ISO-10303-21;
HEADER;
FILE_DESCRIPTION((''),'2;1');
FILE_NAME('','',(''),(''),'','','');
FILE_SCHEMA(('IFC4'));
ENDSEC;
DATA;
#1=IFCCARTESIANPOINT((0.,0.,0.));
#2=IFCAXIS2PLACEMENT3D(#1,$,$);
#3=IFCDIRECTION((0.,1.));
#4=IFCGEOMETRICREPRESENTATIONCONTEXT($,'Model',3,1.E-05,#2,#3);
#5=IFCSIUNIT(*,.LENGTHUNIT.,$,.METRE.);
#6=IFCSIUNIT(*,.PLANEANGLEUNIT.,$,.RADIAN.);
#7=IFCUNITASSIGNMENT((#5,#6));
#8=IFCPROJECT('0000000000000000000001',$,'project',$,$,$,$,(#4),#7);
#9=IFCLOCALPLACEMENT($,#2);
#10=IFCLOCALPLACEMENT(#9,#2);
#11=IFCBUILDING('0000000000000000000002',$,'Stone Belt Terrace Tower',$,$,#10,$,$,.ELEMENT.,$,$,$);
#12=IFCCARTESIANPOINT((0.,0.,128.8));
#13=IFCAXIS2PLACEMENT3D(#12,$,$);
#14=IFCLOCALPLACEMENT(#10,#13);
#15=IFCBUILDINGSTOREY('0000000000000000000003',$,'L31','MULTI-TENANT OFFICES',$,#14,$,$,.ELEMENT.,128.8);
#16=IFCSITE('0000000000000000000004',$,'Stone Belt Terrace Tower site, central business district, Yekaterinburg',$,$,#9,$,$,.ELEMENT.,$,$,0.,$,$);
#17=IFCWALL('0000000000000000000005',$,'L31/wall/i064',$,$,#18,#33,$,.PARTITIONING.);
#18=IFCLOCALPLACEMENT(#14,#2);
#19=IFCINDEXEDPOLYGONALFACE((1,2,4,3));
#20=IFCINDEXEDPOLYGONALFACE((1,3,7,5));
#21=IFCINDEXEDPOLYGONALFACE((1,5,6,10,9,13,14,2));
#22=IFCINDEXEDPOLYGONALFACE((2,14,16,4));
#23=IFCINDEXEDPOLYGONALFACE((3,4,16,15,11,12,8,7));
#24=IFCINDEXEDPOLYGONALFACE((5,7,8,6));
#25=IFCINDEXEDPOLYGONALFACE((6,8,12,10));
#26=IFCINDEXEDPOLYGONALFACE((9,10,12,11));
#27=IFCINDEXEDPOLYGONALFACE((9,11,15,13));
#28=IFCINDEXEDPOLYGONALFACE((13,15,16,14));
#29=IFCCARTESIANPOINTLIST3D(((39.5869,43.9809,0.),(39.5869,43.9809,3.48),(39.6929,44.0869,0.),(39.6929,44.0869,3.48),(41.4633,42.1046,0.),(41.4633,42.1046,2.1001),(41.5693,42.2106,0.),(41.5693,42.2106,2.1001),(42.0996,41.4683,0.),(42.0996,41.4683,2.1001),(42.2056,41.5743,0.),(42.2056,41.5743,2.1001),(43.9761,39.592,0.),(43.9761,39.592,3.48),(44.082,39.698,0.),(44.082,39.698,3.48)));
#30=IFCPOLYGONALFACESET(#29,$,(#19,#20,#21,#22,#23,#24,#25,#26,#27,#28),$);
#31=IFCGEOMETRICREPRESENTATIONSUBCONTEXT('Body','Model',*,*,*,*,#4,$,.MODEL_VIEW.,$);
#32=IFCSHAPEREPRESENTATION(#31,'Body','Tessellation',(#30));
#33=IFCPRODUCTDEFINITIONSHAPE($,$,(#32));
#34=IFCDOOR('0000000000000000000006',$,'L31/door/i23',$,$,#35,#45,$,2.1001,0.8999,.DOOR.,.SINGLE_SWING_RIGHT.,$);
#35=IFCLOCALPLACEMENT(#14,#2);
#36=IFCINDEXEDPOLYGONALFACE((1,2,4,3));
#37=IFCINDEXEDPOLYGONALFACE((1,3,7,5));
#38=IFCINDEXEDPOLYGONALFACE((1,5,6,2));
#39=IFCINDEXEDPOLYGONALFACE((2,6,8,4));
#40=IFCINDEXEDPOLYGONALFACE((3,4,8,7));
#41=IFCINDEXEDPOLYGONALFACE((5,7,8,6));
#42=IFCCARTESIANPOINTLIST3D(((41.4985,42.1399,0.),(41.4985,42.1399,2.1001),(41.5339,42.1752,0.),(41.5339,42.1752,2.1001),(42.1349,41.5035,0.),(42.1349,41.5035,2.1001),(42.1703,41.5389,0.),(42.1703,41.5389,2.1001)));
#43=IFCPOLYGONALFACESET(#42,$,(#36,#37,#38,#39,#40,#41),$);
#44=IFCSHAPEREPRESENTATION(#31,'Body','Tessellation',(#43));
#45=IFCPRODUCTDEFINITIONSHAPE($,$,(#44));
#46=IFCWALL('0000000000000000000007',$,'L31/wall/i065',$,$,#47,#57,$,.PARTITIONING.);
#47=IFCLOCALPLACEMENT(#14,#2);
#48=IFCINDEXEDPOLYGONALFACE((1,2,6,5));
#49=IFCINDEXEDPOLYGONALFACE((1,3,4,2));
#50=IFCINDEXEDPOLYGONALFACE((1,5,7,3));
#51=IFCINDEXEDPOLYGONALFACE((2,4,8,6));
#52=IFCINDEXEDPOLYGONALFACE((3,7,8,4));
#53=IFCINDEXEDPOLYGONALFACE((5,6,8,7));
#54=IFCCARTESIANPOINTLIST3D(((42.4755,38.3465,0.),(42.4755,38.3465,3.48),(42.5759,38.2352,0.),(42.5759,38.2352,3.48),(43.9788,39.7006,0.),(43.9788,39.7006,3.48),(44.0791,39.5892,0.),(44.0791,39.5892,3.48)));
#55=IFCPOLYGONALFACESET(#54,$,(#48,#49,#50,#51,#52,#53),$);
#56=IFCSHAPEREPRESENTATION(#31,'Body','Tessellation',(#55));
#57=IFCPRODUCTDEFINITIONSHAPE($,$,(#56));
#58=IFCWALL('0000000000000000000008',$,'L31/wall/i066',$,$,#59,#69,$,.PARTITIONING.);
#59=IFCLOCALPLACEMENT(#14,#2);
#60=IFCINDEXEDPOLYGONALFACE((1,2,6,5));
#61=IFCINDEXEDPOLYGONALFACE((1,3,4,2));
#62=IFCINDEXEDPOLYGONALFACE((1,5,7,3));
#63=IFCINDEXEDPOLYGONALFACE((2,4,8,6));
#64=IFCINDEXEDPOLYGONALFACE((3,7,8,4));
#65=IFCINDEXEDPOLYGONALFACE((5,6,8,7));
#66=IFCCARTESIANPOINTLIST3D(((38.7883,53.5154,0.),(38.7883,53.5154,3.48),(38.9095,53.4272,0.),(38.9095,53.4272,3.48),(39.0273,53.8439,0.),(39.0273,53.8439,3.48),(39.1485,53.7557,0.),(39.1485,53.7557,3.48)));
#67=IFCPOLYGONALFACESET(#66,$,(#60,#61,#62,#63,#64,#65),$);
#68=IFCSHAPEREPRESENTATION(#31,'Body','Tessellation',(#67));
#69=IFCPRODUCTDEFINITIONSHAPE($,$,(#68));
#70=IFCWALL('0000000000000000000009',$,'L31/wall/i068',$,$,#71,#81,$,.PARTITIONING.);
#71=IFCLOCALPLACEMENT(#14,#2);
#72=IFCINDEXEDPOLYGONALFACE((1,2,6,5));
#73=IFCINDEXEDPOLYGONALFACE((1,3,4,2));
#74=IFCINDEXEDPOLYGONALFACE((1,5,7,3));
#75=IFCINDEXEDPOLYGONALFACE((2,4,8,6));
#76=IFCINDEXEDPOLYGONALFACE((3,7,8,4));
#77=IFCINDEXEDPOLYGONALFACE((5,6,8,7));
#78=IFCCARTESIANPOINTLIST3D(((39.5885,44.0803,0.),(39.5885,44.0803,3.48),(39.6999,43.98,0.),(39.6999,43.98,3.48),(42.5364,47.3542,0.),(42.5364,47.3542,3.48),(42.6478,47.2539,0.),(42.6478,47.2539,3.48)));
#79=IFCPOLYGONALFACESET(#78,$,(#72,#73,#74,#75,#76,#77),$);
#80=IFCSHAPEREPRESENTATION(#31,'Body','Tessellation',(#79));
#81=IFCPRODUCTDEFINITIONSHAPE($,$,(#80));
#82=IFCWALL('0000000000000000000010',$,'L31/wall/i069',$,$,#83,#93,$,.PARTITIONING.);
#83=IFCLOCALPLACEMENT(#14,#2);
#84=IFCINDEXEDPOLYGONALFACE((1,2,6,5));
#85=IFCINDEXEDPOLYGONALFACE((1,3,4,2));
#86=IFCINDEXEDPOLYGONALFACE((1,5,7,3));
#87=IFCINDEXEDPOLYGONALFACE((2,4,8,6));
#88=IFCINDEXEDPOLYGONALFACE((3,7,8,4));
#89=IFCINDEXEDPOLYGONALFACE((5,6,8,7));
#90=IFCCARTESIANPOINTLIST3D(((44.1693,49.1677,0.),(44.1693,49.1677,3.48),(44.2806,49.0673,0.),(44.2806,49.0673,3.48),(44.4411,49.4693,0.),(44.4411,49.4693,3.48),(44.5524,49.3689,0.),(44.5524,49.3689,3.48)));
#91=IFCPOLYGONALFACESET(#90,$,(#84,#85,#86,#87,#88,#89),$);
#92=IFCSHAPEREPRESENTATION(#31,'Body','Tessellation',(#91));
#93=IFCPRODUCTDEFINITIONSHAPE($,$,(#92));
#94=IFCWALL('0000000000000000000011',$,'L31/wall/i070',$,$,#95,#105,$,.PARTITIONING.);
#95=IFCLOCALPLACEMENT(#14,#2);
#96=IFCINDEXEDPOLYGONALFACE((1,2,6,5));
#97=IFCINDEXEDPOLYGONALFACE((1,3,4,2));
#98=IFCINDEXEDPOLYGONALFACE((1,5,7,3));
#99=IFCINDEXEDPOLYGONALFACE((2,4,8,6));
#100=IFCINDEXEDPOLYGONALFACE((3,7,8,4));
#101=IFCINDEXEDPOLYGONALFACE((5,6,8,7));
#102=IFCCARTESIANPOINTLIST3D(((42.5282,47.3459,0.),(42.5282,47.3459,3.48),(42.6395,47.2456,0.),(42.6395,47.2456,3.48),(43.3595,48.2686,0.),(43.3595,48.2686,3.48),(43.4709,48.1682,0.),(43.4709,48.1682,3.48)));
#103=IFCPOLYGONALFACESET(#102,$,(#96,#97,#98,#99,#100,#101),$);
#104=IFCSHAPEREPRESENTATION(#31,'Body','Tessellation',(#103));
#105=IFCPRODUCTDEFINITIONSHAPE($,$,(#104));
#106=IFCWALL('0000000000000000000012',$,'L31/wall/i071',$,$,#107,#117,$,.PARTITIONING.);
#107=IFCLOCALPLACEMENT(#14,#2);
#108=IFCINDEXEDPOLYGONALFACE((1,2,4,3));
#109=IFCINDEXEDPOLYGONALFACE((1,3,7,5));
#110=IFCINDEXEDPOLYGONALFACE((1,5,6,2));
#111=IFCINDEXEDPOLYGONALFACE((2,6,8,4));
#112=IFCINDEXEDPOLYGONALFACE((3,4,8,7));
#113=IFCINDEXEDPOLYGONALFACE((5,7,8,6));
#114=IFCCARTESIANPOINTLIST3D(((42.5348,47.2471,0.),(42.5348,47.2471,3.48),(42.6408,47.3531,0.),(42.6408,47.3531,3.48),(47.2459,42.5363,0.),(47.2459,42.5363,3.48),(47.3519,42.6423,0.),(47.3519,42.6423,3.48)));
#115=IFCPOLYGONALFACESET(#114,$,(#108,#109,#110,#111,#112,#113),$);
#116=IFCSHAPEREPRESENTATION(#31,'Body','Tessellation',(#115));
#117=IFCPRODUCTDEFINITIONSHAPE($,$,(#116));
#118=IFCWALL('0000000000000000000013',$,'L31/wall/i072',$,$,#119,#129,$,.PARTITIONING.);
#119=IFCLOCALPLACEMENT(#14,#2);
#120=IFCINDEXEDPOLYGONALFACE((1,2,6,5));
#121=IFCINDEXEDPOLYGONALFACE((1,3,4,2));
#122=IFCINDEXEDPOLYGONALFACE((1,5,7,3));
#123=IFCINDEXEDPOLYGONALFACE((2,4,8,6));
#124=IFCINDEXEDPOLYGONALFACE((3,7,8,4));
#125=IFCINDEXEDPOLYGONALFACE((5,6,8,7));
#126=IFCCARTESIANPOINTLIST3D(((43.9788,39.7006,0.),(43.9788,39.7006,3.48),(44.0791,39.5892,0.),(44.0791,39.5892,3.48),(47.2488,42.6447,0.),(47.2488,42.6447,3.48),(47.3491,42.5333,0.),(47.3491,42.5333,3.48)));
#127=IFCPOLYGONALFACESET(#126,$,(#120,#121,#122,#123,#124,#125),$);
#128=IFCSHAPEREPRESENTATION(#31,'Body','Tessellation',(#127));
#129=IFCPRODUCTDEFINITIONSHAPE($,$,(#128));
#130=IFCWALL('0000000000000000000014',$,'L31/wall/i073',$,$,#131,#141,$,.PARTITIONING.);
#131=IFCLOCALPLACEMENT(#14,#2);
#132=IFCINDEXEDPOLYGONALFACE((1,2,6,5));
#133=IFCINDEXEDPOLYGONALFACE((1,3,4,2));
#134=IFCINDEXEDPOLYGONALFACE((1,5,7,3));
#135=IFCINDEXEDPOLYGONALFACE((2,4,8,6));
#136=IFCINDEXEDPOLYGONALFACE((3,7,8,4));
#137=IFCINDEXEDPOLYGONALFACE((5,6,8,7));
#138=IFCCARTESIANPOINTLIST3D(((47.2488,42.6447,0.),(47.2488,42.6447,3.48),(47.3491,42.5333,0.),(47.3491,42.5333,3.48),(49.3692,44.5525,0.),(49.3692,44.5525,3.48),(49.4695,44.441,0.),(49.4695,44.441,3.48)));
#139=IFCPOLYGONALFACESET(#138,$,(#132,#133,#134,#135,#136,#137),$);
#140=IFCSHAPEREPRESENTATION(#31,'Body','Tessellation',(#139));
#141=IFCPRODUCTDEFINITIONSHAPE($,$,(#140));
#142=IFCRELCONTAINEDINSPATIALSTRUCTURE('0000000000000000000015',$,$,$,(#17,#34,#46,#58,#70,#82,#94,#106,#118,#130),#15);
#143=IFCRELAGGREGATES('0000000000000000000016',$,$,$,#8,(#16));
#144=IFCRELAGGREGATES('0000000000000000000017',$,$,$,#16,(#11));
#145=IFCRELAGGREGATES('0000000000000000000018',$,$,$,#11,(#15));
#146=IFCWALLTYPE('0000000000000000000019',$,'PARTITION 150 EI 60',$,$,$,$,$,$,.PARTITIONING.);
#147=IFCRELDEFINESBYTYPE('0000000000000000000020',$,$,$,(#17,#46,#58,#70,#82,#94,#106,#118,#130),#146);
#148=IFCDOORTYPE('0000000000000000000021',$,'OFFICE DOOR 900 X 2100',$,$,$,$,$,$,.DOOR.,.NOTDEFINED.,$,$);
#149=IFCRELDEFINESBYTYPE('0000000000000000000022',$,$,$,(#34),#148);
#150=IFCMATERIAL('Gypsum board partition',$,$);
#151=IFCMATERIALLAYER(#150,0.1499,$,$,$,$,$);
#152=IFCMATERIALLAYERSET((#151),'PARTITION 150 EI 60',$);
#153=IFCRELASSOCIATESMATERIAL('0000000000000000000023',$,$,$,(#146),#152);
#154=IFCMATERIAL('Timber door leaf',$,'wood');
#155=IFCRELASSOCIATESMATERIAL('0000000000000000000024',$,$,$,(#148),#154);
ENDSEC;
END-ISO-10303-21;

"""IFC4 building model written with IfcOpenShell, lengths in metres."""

from ifc_helpers import new_model, si_unit, direction, frame, frame_2d, origin, place, context, subcontext, project, spatial, rectangle, extrude, material, layer, layer_set, type_object, element, fill, save


model = new_model("IFC4")

# Units and contexts
model_context = context("Model", 3, precision=1e-05, world=origin(), true_north=direction((0.0, 1.0)))
body_context = subcontext(model_context, "Body", "Model", "MODEL_VIEW")
ifc_project = project(units=[si_unit("LENGTHUNIT", "METRE"), si_unit("PLANEANGLEUNIT", "RADIAN")], contexts=[model_context])

# Site, building, storey
site_placement = place(None, origin())
site = spatial("IfcSite", under=ifc_project, at=site_placement, Name="Stone Belt Terrace Tower site, central business district, Yekaterinburg", CompositionType="ELEMENT", RefElevation=0.0)
building_placement = place(site_placement, origin())
building = spatial("IfcBuilding", under=site, at=building_placement, Name="Stone Belt Terrace Tower", CompositionType="ELEMENT")
storey_placement = place(building_placement, frame((0.0, 0.0, 128.8)))
storey = spatial("IfcBuildingStorey", under=building, at=storey_placement, Name="L31", Description="MULTI-TENANT OFFICES", CompositionType="ELEMENT", Elevation=128.8)

# Shared definitions
ifc_material_1 = material(Name="Gypsum board partition")
ifc_layer_1 = layer(ifc_material_1, 0.1499)
ifc_layer_set_1 = layer_set([ifc_layer_1], Name="PARTITION 150 EI 60")
wall_type_1 = type_object("IfcWallType", Name="PARTITION 150 EI 60", PredefinedType="PARTITIONING", material=ifc_layer_set_1)

# Wall, opening, door
wall_1_placement = place(storey_placement, frame((39.6399, 44.0339, 0.0), z_axis=(0.0, 0.0, 1.0), x_axis=(0.707126, -0.707087, 0.0)))
wall_1 = element("IfcWall", 1, at=wall_1_placement, inside=storey, type_object=wall_type_1, Name="L31/wall/i064", PredefinedType="PARTITIONING", context=body_context, shape_type="SweptSolid", body=[
    extrude(rectangle(XDim=6.207, YDim=0.1499, at=frame_2d((3.1035, 0.0))), origin(), (0.0, 0.0, 1.0), 3.48),
])
opening_placement = place(wall_1_placement, frame((2.6536, 0.0, 0.0)))
opening = element("IfcOpeningElement", 2, at=opening_placement, cuts=wall_1, PredefinedType="OPENING", context=body_context, shape_type="SweptSolid", body=[
    extrude(rectangle(XDim=0.8999, YDim=2.1001, at=frame_2d((0.45, 1.05))), frame((0.0, 0.085, 0.0), z_axis=(0.0, -1.0, 0.0), x_axis=(1.0, 0.0, 0.0)), (0.0, 0.0, 1.0), 0.1699),
])
ifc_material_2 = material(Name="Timber door leaf", Category="wood")
door_type = type_object("IfcDoorType", Name="OFFICE DOOR 900 X 2100", OperationType="NOTDEFINED", PredefinedType="DOOR", material=ifc_material_2)
door_placement = place(opening_placement, origin())
door = element("IfcDoor", 3, at=door_placement, inside=storey, type_object=door_type, Name="L31/door/i23", OperationType="SINGLE_SWING_RIGHT", OverallHeight=2.1001, OverallWidth=0.8999, PredefinedType="DOOR", context=body_context, shape_type="SweptSolid", body=[
    extrude(rectangle(XDim=0.8999, YDim=2.1001, at=frame_2d((0.45, 1.05))), frame((0.0, 0.0249, 0.0), z_axis=(0.0, -1.0, 0.0), x_axis=(1.0, 0.0, 0.0)), (0.0, 0.0, 1.0), 0.05),
])
fill(opening, door)

# Walls
wall_2_placement = place(storey_placement, frame((44.0291, 39.645, 0.0), z_axis=(0.0, 0.0, 1.0), x_axis=(-0.743012, -0.669278, 0.0)))
element("IfcWall", 4, at=wall_2_placement, inside=storey, type_object=wall_type_1, Name="L31/wall/i065", PredefinedType="PARTITIONING", context=body_context, shape_type="SweptSolid", body=[
    extrude(rectangle(XDim=2.0232, YDim=0.1499, at=frame_2d((1.0117, 0.0))), origin(), (0.0, 0.0, 1.0), 3.48),
])
wall_3_placement = place(storey_placement, frame((39.0879, 53.7998, 0.0), z_axis=(0.0, 0.0, 1.0), x_axis=(-0.588207, -0.80871, 0.0)))
element("IfcWall", 5, at=wall_3_placement, inside=storey, type_object=wall_type_1, Name="L31/wall/i066", PredefinedType="PARTITIONING", context=body_context, shape_type="SweptSolid", body=[
    extrude(rectangle(XDim=0.4062, YDim=0.1499, at=frame_2d((0.2031, 0.0))), origin(), (0.0, 0.0, 1.0), 3.48),
])
wall_4_placement = place(storey_placement, frame((42.592, 47.304, 0.0), z_axis=(0.0, 0.0, 1.0), x_axis=(-0.669148, -0.743129, 0.0)))
element("IfcWall", 6, at=wall_4_placement, inside=storey, type_object=wall_type_1, Name="L31/wall/i068", PredefinedType="PARTITIONING", context=body_context, shape_type="SweptSolid", body=[
    extrude(rectangle(XDim=4.4055, YDim=0.1499, at=frame_2d((2.2026, 0.0))), origin(), (0.0, 0.0, 1.0), 3.48),
])
wall_5_placement = place(storey_placement, frame((44.4968, 49.4192, 0.0), z_axis=(0.0, 0.0, 1.0), x_axis=(-0.669463, -0.742845, 0.0)))
element("IfcWall", 7, at=wall_5_placement, inside=storey, type_object=wall_type_1, Name="L31/wall/i069", PredefinedType="PARTITIONING", context=body_context, shape_type="SweptSolid", body=[
    extrude(rectangle(XDim=0.406, YDim=0.1499, at=frame_2d((0.2031, 0.0))), origin(), (0.0, 0.0, 1.0), 3.48),
])
wall_6_placement = place(storey_placement, frame((43.4153, 48.2185, 0.0), z_axis=(0.0, 0.0, 1.0), x_axis=(-0.669388, -0.742913, 0.0)))
element("IfcWall", 8, at=wall_6_placement, inside=storey, type_object=wall_type_1, Name="L31/wall/i070", PredefinedType="PARTITIONING", context=body_context, shape_type="SweptSolid", body=[
    extrude(rectangle(XDim=1.2419, YDim=0.1499, at=frame_2d((0.6211, 0.0))), origin(), (0.0, 0.0, 1.0), 3.48),
])
wall_7_placement = place(storey_placement, frame((42.5879, 47.3, 0.0), z_axis=(0.0, 0.0, 1.0), x_axis=(0.707125, -0.707088, 0.0)))
element("IfcWall", 9, at=wall_7_placement, inside=storey, type_object=wall_type_1, Name="L31/wall/i071", PredefinedType="PARTITIONING", context=body_context, shape_type="SweptSolid", body=[
    extrude(rectangle(XDim=6.6624, YDim=0.1499, at=frame_2d((3.3311, 0.0))), origin(), (0.0, 0.0, 1.0), 3.48),
])
wall_8_placement = place(storey_placement, frame((47.2991, 42.5891, 0.0), z_axis=(0.0, 0.0, 1.0), x_axis=(-0.743173, -0.6691, 0.0)))
element("IfcWall", 10, at=wall_8_placement, inside=storey, type_object=wall_type_1, Name="L31/wall/i072", PredefinedType="PARTITIONING", context=body_context, shape_type="SweptSolid", body=[
    extrude(rectangle(XDim=4.4001, YDim=0.1499, at=frame_2d((2.2002, 0.0))), origin(), (0.0, 0.0, 1.0), 3.48),
])
wall_9_placement = place(storey_placement, frame((49.4194, 44.4968, 0.0), z_axis=(0.0, 0.0, 1.0), x_axis=(-0.743401, -0.668846, 0.0)))
element("IfcWall", 11, at=wall_9_placement, inside=storey, type_object=wall_type_1, Name="L31/wall/i073", PredefinedType="PARTITIONING", context=body_context, shape_type="SweptSolid", body=[
    extrude(rectangle(XDim=2.8523, YDim=0.1499, at=frame_2d((1.4263, 0.0))), origin(), (0.0, 0.0, 1.0), 3.48),
])

save(model, "model.ifc")
